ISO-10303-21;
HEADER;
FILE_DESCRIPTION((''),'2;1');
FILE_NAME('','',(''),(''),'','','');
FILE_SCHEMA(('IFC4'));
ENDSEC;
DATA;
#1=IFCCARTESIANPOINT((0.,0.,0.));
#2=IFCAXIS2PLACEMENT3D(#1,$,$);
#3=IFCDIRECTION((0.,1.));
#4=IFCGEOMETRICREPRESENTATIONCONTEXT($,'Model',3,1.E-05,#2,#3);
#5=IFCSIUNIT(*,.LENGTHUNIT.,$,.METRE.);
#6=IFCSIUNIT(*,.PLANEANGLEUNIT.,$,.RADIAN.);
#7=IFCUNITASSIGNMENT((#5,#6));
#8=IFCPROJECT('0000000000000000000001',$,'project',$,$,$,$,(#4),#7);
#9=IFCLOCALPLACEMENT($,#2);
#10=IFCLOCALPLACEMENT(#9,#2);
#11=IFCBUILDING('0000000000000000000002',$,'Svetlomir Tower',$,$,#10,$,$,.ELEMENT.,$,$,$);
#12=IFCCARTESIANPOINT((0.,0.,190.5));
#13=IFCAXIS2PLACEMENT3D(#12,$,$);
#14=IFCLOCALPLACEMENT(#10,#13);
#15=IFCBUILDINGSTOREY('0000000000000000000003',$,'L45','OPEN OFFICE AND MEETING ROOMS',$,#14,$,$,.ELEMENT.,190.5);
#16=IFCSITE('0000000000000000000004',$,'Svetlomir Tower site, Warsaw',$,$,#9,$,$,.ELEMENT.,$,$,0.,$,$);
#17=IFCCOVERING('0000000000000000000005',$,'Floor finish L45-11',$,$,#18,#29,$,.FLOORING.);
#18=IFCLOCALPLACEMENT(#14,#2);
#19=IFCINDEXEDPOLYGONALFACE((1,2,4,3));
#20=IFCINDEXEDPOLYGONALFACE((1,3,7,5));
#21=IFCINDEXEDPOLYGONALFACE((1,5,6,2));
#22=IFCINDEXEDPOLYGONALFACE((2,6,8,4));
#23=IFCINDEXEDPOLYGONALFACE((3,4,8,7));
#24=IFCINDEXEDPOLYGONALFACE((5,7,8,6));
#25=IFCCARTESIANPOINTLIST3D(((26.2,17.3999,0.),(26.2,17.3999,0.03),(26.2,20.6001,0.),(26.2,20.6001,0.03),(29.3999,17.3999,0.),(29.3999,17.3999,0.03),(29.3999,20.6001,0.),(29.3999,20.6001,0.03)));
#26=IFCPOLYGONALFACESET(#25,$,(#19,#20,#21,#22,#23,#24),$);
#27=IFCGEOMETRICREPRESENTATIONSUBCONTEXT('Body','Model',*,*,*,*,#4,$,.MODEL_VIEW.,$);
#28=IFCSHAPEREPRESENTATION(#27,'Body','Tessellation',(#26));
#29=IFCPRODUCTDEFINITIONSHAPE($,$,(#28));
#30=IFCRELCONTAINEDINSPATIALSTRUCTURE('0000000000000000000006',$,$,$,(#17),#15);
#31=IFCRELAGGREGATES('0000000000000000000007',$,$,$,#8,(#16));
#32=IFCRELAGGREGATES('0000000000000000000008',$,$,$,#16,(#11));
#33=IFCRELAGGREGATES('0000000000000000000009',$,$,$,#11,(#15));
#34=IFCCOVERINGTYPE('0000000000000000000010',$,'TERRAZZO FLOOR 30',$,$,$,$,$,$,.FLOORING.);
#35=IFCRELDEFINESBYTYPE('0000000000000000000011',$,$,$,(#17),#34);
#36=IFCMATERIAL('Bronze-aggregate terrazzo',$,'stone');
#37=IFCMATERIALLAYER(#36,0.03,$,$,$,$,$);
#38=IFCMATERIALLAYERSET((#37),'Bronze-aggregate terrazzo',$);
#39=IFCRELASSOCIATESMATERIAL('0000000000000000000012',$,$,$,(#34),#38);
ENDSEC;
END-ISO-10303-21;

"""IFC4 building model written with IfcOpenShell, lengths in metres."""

from ifc_helpers import new_model, si_unit, direction, frame, origin, place, context, subcontext, project, spatial, polyline, outline, extrude, material, layer, layer_set, type_object, element, save


model = new_model("IFC4")

# Units and contexts
model_context = context("Model", 3, precision=1e-05, world=origin(), true_north=direction((0.0, 1.0)))
body_context = subcontext(model_context, "Body", "Model", "MODEL_VIEW")
ifc_project = project(units=[si_unit("LENGTHUNIT", "METRE"), si_unit("PLANEANGLEUNIT", "RADIAN")], contexts=[model_context])

# Site, building, storey
site_placement = place(None, origin())
site = spatial("IfcSite", under=ifc_project, at=site_placement, Name="Svetlomir Tower site, Warsaw", CompositionType="ELEMENT", RefElevation=0.0)
building_placement = place(site_placement, origin())
building = spatial("IfcBuilding", under=site, at=building_placement, Name="Svetlomir Tower", CompositionType="ELEMENT")
storey_placement = place(building_placement, frame((0.0, 0.0, 190.5)))
storey = spatial("IfcBuildingStorey", under=building, at=storey_placement, Name="L45", Description="OPEN OFFICE AND MEETING ROOMS", CompositionType="ELEMENT", Elevation=190.5)

# Covering
ifc_material_1 = material(Name="Bronze-aggregate terrazzo", Category="stone")
ifc_layer_1 = layer(ifc_material_1, 0.03)
ifc_layer_set_1 = layer_set([ifc_layer_1], Name="Bronze-aggregate terrazzo")
covering_type_1 = type_object("IfcCoveringType", Name="TERRAZZO FLOOR 30", PredefinedType="FLOORING", material=ifc_layer_set_1)
covering_1_placement = place(storey_placement, origin())
element("IfcCovering", 1, at=covering_1_placement, inside=storey, type_object=covering_type_1, Name="Floor finish L45-11", PredefinedType="FLOORING", context=body_context, shape_type="SweptSolid", body=[
    extrude(outline(polyline([(26.2, 17.3999), (29.3999, 17.3999), (29.3999, 20.6001), (26.2, 20.6001), (26.2, 17.3999)])), origin(), (0.0, 0.0, 1.0), 0.03),
])

save(model, "model.ifc")
